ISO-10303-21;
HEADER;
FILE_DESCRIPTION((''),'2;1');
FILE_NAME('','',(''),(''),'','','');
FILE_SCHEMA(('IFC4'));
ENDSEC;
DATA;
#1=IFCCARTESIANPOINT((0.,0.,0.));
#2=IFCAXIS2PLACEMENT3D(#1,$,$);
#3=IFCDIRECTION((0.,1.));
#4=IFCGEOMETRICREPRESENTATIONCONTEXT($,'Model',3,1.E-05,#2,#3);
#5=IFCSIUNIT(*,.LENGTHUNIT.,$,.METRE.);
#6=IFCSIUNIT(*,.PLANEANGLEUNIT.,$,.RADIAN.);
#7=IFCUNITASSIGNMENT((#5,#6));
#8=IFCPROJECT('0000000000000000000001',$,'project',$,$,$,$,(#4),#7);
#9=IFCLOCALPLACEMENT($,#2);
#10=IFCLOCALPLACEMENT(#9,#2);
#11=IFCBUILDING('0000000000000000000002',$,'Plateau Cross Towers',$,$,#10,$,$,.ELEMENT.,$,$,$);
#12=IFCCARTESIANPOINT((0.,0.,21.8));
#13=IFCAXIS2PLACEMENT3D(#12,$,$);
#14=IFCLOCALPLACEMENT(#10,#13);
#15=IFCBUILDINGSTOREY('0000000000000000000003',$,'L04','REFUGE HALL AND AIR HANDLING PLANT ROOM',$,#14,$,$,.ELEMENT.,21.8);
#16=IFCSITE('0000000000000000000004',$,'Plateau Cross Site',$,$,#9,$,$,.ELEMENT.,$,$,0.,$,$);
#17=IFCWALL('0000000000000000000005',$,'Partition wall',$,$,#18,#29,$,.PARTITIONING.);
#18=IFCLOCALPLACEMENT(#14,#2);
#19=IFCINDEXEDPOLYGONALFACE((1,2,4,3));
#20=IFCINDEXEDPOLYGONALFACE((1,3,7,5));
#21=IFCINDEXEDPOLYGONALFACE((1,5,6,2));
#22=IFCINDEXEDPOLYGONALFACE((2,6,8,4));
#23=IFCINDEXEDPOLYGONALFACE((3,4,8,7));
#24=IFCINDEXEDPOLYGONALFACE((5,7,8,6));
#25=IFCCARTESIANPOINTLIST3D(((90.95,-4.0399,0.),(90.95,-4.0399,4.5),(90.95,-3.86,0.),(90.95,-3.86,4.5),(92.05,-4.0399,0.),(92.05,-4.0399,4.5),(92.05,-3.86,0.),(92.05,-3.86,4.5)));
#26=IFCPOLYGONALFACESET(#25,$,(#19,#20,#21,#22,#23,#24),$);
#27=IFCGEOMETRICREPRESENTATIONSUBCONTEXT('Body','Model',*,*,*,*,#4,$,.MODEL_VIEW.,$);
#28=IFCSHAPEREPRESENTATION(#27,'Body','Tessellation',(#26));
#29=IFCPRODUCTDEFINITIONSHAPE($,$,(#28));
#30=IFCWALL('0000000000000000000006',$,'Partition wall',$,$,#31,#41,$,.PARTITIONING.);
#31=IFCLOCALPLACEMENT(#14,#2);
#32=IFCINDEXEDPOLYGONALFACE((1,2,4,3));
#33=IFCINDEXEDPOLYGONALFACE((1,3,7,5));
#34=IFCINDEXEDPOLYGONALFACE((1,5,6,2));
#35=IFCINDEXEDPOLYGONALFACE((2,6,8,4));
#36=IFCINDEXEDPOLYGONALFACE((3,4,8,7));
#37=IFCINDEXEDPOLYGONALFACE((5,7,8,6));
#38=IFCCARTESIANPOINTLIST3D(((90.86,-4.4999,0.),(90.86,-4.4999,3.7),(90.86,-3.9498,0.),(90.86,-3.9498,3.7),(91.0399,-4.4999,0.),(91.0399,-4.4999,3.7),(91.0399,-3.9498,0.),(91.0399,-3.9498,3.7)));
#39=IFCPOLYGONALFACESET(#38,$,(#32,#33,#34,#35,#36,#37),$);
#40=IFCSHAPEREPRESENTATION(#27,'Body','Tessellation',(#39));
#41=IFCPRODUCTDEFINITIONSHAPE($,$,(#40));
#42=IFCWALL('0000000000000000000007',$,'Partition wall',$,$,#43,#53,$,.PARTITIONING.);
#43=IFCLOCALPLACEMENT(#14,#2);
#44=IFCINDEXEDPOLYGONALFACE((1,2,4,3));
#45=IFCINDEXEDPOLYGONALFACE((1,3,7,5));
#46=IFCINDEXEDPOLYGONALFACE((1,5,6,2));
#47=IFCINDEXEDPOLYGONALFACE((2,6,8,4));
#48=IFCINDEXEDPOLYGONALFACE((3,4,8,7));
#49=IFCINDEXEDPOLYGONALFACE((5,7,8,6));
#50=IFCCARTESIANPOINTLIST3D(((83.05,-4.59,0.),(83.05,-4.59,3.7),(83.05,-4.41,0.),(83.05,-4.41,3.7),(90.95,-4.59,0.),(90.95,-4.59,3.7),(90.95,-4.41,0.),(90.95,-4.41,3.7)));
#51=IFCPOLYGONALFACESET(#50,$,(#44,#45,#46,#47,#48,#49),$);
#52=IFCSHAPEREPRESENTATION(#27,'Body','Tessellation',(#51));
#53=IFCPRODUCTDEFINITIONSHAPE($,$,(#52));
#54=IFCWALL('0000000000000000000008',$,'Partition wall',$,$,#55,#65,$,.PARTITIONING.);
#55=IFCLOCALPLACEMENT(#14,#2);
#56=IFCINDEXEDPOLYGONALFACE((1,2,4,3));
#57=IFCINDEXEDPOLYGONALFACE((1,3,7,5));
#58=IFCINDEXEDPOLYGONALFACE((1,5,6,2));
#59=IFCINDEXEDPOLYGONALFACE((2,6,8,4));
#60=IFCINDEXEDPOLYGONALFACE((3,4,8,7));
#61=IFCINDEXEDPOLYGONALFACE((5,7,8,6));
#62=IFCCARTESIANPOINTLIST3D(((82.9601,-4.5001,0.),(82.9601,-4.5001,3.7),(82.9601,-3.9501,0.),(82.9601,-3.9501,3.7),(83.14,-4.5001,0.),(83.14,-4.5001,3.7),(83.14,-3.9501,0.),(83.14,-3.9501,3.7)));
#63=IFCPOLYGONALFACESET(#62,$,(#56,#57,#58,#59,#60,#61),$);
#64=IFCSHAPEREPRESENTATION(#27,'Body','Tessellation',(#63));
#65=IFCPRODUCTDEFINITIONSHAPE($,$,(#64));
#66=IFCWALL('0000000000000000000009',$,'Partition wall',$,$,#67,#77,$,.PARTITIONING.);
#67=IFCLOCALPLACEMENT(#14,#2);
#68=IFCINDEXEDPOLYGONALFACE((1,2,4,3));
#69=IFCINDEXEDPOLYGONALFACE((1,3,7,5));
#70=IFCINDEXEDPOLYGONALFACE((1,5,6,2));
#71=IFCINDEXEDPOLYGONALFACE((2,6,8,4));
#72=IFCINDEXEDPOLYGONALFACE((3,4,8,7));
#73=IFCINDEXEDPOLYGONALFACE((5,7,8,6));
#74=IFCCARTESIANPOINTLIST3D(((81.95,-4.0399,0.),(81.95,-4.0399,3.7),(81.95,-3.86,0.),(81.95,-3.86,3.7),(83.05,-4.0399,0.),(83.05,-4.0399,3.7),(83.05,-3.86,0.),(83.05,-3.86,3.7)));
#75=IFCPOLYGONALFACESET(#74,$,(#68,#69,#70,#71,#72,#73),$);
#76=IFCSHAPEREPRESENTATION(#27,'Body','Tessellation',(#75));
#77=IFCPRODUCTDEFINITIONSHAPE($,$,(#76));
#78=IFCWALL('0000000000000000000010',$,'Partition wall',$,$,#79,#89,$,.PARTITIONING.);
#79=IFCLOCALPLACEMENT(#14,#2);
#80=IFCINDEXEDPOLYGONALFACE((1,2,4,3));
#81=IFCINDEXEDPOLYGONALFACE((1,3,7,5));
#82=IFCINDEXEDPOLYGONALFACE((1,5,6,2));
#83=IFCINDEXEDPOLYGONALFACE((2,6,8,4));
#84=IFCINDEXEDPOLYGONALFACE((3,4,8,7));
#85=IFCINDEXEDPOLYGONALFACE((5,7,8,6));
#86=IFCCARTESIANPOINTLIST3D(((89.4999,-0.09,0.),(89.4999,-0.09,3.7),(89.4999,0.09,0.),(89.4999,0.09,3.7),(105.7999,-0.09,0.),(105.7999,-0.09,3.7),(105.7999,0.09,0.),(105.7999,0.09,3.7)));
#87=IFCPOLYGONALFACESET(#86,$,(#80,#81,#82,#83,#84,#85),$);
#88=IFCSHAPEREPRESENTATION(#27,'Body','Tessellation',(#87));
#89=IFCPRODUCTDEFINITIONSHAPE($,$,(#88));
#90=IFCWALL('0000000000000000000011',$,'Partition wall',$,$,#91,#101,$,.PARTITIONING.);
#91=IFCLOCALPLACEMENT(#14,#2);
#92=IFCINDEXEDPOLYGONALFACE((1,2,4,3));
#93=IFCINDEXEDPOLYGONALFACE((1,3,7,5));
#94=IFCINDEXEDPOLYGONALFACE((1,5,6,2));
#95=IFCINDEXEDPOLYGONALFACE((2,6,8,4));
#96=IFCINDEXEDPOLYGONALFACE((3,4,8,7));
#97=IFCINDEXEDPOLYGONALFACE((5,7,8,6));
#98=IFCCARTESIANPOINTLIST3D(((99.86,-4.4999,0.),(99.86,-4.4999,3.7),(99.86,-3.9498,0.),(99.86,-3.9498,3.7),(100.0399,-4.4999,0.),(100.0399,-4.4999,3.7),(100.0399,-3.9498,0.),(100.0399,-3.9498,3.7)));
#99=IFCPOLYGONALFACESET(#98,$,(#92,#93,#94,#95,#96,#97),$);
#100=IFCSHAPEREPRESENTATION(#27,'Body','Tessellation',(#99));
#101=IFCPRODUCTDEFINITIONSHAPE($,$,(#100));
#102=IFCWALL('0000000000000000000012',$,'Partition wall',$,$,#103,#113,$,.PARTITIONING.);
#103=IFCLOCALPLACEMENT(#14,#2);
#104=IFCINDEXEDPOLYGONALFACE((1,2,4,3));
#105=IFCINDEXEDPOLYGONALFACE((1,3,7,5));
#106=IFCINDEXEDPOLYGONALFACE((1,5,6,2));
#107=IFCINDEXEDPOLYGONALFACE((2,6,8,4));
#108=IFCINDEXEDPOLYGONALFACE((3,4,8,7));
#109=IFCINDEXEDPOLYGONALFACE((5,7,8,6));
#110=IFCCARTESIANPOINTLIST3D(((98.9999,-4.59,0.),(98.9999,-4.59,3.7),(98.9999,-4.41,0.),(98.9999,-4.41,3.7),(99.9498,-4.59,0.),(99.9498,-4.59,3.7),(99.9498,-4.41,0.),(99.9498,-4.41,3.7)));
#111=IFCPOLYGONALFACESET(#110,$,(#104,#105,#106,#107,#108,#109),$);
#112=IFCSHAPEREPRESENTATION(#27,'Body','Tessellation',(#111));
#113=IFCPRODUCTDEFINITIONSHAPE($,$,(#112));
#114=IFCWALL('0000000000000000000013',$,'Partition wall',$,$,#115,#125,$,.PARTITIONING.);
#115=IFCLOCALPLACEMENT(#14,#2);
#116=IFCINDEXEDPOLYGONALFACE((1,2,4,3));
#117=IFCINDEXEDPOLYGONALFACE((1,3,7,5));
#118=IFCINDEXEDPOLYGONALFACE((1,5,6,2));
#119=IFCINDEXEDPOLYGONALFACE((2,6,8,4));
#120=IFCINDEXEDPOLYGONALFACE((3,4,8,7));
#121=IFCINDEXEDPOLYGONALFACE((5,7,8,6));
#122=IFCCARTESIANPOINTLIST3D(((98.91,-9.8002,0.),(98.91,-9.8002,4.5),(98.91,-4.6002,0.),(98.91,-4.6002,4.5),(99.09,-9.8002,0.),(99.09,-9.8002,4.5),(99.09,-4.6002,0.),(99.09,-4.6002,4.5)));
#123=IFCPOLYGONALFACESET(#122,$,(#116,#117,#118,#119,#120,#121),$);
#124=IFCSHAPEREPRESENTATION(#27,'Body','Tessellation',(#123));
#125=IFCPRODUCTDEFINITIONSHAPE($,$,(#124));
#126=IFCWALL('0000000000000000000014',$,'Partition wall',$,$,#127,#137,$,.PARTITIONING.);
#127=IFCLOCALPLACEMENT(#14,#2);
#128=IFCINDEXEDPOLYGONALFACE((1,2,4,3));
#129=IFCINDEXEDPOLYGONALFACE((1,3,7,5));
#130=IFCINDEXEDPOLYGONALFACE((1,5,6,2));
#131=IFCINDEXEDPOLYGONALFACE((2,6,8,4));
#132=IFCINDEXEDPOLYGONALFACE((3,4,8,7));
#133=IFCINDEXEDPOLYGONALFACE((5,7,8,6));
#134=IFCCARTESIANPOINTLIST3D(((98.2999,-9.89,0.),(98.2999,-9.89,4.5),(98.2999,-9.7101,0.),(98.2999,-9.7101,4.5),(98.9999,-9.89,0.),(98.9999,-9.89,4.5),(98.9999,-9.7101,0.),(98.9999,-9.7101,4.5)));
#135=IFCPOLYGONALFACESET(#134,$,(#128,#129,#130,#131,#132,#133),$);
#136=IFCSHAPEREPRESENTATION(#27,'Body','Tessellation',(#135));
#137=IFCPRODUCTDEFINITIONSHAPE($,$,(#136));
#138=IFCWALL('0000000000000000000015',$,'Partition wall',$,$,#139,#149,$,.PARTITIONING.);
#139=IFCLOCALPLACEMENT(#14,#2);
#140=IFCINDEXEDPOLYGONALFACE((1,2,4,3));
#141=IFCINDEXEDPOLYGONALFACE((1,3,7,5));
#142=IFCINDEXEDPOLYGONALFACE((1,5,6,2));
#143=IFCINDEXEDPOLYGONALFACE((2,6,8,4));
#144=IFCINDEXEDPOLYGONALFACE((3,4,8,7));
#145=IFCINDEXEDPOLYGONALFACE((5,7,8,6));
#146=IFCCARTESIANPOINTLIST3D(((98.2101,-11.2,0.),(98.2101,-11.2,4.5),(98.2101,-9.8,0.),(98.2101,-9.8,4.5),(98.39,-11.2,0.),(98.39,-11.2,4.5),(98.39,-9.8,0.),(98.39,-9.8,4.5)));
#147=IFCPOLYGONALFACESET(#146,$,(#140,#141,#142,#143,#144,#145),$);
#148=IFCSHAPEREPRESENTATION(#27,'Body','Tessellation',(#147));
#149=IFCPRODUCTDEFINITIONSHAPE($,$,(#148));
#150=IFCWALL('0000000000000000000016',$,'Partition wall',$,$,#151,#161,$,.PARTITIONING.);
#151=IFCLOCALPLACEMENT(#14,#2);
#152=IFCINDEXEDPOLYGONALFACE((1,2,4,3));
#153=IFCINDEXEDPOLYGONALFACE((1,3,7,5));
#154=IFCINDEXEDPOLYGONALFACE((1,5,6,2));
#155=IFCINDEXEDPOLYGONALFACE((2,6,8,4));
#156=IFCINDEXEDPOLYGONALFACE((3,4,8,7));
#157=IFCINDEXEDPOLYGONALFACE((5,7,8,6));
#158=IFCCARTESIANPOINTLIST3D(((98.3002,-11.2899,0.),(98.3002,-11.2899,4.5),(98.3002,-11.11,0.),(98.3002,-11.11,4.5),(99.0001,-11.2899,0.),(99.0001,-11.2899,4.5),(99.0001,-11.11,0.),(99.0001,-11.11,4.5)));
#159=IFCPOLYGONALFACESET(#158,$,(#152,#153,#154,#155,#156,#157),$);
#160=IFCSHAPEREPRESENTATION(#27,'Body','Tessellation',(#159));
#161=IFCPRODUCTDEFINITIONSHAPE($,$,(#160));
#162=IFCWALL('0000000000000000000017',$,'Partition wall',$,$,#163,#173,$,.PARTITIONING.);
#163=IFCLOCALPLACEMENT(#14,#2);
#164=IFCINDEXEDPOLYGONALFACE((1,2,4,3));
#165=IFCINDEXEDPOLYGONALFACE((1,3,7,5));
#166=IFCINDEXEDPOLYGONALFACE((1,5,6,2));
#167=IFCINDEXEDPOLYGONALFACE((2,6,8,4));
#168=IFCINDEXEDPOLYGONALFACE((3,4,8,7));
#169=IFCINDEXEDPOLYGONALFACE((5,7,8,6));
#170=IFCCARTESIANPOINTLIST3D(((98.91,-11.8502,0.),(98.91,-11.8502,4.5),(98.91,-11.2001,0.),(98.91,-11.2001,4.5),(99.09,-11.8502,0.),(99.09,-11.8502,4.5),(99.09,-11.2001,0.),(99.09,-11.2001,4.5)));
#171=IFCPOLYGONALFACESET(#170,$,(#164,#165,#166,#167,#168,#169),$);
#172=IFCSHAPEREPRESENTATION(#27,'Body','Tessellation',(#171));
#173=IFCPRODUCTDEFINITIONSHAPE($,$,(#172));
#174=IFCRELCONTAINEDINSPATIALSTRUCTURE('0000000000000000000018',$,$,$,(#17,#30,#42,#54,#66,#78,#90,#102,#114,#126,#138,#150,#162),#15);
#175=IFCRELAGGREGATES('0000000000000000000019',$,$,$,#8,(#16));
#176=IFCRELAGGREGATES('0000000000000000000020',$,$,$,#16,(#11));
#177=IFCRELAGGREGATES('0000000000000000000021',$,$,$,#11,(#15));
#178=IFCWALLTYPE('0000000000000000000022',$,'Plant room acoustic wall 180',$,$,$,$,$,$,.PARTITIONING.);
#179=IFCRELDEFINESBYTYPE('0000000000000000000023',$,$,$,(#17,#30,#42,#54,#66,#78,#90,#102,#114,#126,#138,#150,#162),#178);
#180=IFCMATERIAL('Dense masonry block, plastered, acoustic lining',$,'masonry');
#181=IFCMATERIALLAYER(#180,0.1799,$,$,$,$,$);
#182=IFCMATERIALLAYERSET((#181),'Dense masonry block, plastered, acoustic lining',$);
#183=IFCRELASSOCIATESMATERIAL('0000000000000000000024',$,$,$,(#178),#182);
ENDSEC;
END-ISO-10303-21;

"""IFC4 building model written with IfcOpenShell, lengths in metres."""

from ifc_helpers import new_model, si_unit, direction, frame, frame_2d, origin, place, context, subcontext, project, spatial, rectangle, extrude, material, layer, layer_set, type_object, element, save


model = new_model("IFC4")

# Units and contexts
model_context = context("Model", 3, precision=1e-05, world=origin(), true_north=direction((0.0, 1.0)))
body_context = subcontext(model_context, "Body", "Model", "MODEL_VIEW")
ifc_project = project(units=[si_unit("LENGTHUNIT", "METRE"), si_unit("PLANEANGLEUNIT", "RADIAN")], contexts=[model_context])

# Site, building, storey
site_placement = place(None, origin())
site = spatial("IfcSite", under=ifc_project, at=site_placement, Name="Plateau Cross Site", CompositionType="ELEMENT", RefElevation=0.0)
building_placement = place(site_placement, origin())
building = spatial("IfcBuilding", under=site, at=building_placement, Name="Plateau Cross Towers", CompositionType="ELEMENT")
storey_placement = place(building_placement, frame((0.0, 0.0, 21.8)))
storey = spatial("IfcBuildingStorey", under=building, at=storey_placement, Name="L04", Description="REFUGE HALL AND AIR HANDLING PLANT ROOM", CompositionType="ELEMENT", Elevation=21.8)

# Walls
ifc_material_1 = material(Name="Dense masonry block, plastered, acoustic lining", Category="masonry")
ifc_layer_1 = layer(ifc_material_1, 0.1799)
ifc_layer_set_1 = layer_set([ifc_layer_1], Name="Dense masonry block, plastered, acoustic lining")
wall_type = type_object("IfcWallType", Name="Plant room acoustic wall 180", PredefinedType="PARTITIONING", material=ifc_layer_set_1)
wall_1_placement = place(storey_placement, frame((92.05, -3.95, 0.0), z_axis=(0.0, 0.0, 1.0), x_axis=(-1.0, 0.0, 0.0)))
element("IfcWall", 1, at=wall_1_placement, inside=storey, type_object=wall_type, Name="Partition wall", PredefinedType="PARTITIONING", context=body_context, shape_type="SweptSolid", body=[
    extrude(rectangle(XDim=1.1001, YDim=0.1799, at=frame_2d((0.55, 0.0))), origin(), (0.0, 0.0, 1.0), 4.5),
])
wall_2_placement = place(storey_placement, frame((90.95, -3.95, 0.0), z_axis=(0.0, 0.0, 1.0), x_axis=(0.0, -1.0, 0.0)))
element("IfcWall", 2, at=wall_2_placement, inside=storey, type_object=wall_type, Name="Partition wall", PredefinedType="PARTITIONING", context=body_context, shape_type="SweptSolid", body=[
    extrude(rectangle(XDim=0.55, YDim=0.1799, at=frame_2d((0.2749, 0.0))), origin(), (0.0, 0.0, 1.0), 3.7),
])
wall_3_placement = place(storey_placement, frame((90.95, -4.5, 0.0), z_axis=(0.0, 0.0, 1.0), x_axis=(-1.0, 0.0, 0.0)))
element("IfcWall", 3, at=wall_3_placement, inside=storey, type_object=wall_type, Name="Partition wall", PredefinedType="PARTITIONING", context=body_context, shape_type="SweptSolid", body=[
    extrude(rectangle(XDim=7.8999, YDim=0.1799, at=frame_2d((3.95, 0.0))), origin(), (0.0, 0.0, 1.0), 3.7),
])
wall_4_placement = place(storey_placement, frame((83.05, -4.5, 0.0), z_axis=(0.0, 0.0, 1.0), x_axis=(0.0, 1.0, 0.0)))
element("IfcWall", 4, at=wall_4_placement, inside=storey, type_object=wall_type, Name="Partition wall", PredefinedType="PARTITIONING", context=body_context, shape_type="SweptSolid", body=[
    extrude(rectangle(XDim=0.55, YDim=0.1799, at=frame_2d((0.2749, 0.0))), origin(), (0.0, 0.0, 1.0), 3.7),
])
wall_5_placement = place(storey_placement, frame((83.05, -3.95, 0.0), z_axis=(0.0, 0.0, 1.0), x_axis=(-1.0, 0.0, 0.0)))
element("IfcWall", 5, at=wall_5_placement, inside=storey, type_object=wall_type, Name="Partition wall", PredefinedType="PARTITIONING", context=body_context, shape_type="SweptSolid", body=[
    extrude(rectangle(XDim=1.1001, YDim=0.1799, at=frame_2d((0.55, 0.0))), origin(), (0.0, 0.0, 1.0), 3.7),
])
wall_6_placement = place(storey_placement, frame((89.5, 0.0, 0.0), z_axis=(0.0, 0.0, 1.0), x_axis=(1.0, 0.0, 0.0)))
element("IfcWall", 6, at=wall_6_placement, inside=storey, type_object=wall_type, Name="Partition wall", PredefinedType="PARTITIONING", context=body_context, shape_type="SweptSolid", body=[
    extrude(rectangle(XDim=16.3, YDim=0.1799, at=frame_2d((8.1499, 0.0))), origin(), (0.0, 0.0, 1.0), 3.7),
])
wall_7_placement = place(storey_placement, frame((99.95, -3.95, 0.0), z_axis=(0.0, 0.0, 1.0), x_axis=(0.0, -1.0, 0.0)))
element("IfcWall", 7, at=wall_7_placement, inside=storey, type_object=wall_type, Name="Partition wall", PredefinedType="PARTITIONING", context=body_context, shape_type="SweptSolid", body=[
    extrude(rectangle(XDim=0.55, YDim=0.1799, at=frame_2d((0.2749, 0.0))), origin(), (0.0, 0.0, 1.0), 3.7),
])
wall_8_placement = place(storey_placement, frame((99.95, -4.5, 0.0), z_axis=(0.0, 0.0, 1.0), x_axis=(-1.0, 0.0, 0.0)))
element("IfcWall", 8, at=wall_8_placement, inside=storey, type_object=wall_type, Name="Partition wall", PredefinedType="PARTITIONING", context=body_context, shape_type="SweptSolid", body=[
    extrude(rectangle(XDim=0.95, YDim=0.1799, at=frame_2d((0.4751, 0.0))), origin(), (0.0, 0.0, 1.0), 3.7),
])
wall_9_placement = place(storey_placement, frame((99.0, -4.6001, 0.0), z_axis=(0.0, 0.0, 1.0), x_axis=(0.0, -1.0, 0.0)))
element("IfcWall", 9, at=wall_9_placement, inside=storey, type_object=wall_type, Name="Partition wall", PredefinedType="PARTITIONING", context=body_context, shape_type="SweptSolid", body=[
    extrude(rectangle(XDim=5.2, YDim=0.1799, at=frame_2d((2.6001, 0.0))), origin(), (0.0, 0.0, 1.0), 4.5),
])
wall_10_placement = place(storey_placement, frame((99.0, -9.8, 0.0), z_axis=(0.0, 0.0, 1.0), x_axis=(-1.0, 0.0, 0.0)))
element("IfcWall", 10, at=wall_10_placement, inside=storey, type_object=wall_type, Name="Partition wall", PredefinedType="PARTITIONING", context=body_context, shape_type="SweptSolid", body=[
    extrude(rectangle(XDim=0.7, YDim=0.1799, at=frame_2d((0.3501, 0.0))), origin(), (0.0, 0.0, 1.0), 4.5),
])
wall_11_placement = place(storey_placement, frame((98.3, -9.8, 0.0), z_axis=(0.0, 0.0, 1.0), x_axis=(0.0, -1.0, 0.0)))
element("IfcWall", 11, at=wall_11_placement, inside=storey, type_object=wall_type, Name="Partition wall", PredefinedType="PARTITIONING", context=body_context, shape_type="SweptSolid", body=[
    extrude(rectangle(XDim=1.3999, YDim=0.1799, at=frame_2d((0.7, 0.0))), origin(), (0.0, 0.0, 1.0), 4.5),
])
wall_12_placement = place(storey_placement, frame((98.3, -11.2, 0.0), z_axis=(0.0, 0.0, 1.0), x_axis=(1.0, 0.0, 0.0)))
element("IfcWall", 12, at=wall_12_placement, inside=storey, type_object=wall_type, Name="Partition wall", PredefinedType="PARTITIONING", context=body_context, shape_type="SweptSolid", body=[
    extrude(rectangle(XDim=0.7, YDim=0.1799, at=frame_2d((0.3501, 0.0))), origin(), (0.0, 0.0, 1.0), 4.5),
])
wall_13_placement = place(storey_placement, frame((99.0, -11.2, 0.0), z_axis=(0.0, 0.0, 1.0), x_axis=(0.0, -1.0, 0.0)))
element("IfcWall", 13, at=wall_13_placement, inside=storey, type_object=wall_type, Name="Partition wall", PredefinedType="PARTITIONING", context=body_context, shape_type="SweptSolid", body=[
    extrude(rectangle(XDim=0.6501, YDim=0.1799, at=frame_2d((0.3252, 0.0))), origin(), (0.0, 0.0, 1.0), 4.5),
])

save(model, "model.ifc")
